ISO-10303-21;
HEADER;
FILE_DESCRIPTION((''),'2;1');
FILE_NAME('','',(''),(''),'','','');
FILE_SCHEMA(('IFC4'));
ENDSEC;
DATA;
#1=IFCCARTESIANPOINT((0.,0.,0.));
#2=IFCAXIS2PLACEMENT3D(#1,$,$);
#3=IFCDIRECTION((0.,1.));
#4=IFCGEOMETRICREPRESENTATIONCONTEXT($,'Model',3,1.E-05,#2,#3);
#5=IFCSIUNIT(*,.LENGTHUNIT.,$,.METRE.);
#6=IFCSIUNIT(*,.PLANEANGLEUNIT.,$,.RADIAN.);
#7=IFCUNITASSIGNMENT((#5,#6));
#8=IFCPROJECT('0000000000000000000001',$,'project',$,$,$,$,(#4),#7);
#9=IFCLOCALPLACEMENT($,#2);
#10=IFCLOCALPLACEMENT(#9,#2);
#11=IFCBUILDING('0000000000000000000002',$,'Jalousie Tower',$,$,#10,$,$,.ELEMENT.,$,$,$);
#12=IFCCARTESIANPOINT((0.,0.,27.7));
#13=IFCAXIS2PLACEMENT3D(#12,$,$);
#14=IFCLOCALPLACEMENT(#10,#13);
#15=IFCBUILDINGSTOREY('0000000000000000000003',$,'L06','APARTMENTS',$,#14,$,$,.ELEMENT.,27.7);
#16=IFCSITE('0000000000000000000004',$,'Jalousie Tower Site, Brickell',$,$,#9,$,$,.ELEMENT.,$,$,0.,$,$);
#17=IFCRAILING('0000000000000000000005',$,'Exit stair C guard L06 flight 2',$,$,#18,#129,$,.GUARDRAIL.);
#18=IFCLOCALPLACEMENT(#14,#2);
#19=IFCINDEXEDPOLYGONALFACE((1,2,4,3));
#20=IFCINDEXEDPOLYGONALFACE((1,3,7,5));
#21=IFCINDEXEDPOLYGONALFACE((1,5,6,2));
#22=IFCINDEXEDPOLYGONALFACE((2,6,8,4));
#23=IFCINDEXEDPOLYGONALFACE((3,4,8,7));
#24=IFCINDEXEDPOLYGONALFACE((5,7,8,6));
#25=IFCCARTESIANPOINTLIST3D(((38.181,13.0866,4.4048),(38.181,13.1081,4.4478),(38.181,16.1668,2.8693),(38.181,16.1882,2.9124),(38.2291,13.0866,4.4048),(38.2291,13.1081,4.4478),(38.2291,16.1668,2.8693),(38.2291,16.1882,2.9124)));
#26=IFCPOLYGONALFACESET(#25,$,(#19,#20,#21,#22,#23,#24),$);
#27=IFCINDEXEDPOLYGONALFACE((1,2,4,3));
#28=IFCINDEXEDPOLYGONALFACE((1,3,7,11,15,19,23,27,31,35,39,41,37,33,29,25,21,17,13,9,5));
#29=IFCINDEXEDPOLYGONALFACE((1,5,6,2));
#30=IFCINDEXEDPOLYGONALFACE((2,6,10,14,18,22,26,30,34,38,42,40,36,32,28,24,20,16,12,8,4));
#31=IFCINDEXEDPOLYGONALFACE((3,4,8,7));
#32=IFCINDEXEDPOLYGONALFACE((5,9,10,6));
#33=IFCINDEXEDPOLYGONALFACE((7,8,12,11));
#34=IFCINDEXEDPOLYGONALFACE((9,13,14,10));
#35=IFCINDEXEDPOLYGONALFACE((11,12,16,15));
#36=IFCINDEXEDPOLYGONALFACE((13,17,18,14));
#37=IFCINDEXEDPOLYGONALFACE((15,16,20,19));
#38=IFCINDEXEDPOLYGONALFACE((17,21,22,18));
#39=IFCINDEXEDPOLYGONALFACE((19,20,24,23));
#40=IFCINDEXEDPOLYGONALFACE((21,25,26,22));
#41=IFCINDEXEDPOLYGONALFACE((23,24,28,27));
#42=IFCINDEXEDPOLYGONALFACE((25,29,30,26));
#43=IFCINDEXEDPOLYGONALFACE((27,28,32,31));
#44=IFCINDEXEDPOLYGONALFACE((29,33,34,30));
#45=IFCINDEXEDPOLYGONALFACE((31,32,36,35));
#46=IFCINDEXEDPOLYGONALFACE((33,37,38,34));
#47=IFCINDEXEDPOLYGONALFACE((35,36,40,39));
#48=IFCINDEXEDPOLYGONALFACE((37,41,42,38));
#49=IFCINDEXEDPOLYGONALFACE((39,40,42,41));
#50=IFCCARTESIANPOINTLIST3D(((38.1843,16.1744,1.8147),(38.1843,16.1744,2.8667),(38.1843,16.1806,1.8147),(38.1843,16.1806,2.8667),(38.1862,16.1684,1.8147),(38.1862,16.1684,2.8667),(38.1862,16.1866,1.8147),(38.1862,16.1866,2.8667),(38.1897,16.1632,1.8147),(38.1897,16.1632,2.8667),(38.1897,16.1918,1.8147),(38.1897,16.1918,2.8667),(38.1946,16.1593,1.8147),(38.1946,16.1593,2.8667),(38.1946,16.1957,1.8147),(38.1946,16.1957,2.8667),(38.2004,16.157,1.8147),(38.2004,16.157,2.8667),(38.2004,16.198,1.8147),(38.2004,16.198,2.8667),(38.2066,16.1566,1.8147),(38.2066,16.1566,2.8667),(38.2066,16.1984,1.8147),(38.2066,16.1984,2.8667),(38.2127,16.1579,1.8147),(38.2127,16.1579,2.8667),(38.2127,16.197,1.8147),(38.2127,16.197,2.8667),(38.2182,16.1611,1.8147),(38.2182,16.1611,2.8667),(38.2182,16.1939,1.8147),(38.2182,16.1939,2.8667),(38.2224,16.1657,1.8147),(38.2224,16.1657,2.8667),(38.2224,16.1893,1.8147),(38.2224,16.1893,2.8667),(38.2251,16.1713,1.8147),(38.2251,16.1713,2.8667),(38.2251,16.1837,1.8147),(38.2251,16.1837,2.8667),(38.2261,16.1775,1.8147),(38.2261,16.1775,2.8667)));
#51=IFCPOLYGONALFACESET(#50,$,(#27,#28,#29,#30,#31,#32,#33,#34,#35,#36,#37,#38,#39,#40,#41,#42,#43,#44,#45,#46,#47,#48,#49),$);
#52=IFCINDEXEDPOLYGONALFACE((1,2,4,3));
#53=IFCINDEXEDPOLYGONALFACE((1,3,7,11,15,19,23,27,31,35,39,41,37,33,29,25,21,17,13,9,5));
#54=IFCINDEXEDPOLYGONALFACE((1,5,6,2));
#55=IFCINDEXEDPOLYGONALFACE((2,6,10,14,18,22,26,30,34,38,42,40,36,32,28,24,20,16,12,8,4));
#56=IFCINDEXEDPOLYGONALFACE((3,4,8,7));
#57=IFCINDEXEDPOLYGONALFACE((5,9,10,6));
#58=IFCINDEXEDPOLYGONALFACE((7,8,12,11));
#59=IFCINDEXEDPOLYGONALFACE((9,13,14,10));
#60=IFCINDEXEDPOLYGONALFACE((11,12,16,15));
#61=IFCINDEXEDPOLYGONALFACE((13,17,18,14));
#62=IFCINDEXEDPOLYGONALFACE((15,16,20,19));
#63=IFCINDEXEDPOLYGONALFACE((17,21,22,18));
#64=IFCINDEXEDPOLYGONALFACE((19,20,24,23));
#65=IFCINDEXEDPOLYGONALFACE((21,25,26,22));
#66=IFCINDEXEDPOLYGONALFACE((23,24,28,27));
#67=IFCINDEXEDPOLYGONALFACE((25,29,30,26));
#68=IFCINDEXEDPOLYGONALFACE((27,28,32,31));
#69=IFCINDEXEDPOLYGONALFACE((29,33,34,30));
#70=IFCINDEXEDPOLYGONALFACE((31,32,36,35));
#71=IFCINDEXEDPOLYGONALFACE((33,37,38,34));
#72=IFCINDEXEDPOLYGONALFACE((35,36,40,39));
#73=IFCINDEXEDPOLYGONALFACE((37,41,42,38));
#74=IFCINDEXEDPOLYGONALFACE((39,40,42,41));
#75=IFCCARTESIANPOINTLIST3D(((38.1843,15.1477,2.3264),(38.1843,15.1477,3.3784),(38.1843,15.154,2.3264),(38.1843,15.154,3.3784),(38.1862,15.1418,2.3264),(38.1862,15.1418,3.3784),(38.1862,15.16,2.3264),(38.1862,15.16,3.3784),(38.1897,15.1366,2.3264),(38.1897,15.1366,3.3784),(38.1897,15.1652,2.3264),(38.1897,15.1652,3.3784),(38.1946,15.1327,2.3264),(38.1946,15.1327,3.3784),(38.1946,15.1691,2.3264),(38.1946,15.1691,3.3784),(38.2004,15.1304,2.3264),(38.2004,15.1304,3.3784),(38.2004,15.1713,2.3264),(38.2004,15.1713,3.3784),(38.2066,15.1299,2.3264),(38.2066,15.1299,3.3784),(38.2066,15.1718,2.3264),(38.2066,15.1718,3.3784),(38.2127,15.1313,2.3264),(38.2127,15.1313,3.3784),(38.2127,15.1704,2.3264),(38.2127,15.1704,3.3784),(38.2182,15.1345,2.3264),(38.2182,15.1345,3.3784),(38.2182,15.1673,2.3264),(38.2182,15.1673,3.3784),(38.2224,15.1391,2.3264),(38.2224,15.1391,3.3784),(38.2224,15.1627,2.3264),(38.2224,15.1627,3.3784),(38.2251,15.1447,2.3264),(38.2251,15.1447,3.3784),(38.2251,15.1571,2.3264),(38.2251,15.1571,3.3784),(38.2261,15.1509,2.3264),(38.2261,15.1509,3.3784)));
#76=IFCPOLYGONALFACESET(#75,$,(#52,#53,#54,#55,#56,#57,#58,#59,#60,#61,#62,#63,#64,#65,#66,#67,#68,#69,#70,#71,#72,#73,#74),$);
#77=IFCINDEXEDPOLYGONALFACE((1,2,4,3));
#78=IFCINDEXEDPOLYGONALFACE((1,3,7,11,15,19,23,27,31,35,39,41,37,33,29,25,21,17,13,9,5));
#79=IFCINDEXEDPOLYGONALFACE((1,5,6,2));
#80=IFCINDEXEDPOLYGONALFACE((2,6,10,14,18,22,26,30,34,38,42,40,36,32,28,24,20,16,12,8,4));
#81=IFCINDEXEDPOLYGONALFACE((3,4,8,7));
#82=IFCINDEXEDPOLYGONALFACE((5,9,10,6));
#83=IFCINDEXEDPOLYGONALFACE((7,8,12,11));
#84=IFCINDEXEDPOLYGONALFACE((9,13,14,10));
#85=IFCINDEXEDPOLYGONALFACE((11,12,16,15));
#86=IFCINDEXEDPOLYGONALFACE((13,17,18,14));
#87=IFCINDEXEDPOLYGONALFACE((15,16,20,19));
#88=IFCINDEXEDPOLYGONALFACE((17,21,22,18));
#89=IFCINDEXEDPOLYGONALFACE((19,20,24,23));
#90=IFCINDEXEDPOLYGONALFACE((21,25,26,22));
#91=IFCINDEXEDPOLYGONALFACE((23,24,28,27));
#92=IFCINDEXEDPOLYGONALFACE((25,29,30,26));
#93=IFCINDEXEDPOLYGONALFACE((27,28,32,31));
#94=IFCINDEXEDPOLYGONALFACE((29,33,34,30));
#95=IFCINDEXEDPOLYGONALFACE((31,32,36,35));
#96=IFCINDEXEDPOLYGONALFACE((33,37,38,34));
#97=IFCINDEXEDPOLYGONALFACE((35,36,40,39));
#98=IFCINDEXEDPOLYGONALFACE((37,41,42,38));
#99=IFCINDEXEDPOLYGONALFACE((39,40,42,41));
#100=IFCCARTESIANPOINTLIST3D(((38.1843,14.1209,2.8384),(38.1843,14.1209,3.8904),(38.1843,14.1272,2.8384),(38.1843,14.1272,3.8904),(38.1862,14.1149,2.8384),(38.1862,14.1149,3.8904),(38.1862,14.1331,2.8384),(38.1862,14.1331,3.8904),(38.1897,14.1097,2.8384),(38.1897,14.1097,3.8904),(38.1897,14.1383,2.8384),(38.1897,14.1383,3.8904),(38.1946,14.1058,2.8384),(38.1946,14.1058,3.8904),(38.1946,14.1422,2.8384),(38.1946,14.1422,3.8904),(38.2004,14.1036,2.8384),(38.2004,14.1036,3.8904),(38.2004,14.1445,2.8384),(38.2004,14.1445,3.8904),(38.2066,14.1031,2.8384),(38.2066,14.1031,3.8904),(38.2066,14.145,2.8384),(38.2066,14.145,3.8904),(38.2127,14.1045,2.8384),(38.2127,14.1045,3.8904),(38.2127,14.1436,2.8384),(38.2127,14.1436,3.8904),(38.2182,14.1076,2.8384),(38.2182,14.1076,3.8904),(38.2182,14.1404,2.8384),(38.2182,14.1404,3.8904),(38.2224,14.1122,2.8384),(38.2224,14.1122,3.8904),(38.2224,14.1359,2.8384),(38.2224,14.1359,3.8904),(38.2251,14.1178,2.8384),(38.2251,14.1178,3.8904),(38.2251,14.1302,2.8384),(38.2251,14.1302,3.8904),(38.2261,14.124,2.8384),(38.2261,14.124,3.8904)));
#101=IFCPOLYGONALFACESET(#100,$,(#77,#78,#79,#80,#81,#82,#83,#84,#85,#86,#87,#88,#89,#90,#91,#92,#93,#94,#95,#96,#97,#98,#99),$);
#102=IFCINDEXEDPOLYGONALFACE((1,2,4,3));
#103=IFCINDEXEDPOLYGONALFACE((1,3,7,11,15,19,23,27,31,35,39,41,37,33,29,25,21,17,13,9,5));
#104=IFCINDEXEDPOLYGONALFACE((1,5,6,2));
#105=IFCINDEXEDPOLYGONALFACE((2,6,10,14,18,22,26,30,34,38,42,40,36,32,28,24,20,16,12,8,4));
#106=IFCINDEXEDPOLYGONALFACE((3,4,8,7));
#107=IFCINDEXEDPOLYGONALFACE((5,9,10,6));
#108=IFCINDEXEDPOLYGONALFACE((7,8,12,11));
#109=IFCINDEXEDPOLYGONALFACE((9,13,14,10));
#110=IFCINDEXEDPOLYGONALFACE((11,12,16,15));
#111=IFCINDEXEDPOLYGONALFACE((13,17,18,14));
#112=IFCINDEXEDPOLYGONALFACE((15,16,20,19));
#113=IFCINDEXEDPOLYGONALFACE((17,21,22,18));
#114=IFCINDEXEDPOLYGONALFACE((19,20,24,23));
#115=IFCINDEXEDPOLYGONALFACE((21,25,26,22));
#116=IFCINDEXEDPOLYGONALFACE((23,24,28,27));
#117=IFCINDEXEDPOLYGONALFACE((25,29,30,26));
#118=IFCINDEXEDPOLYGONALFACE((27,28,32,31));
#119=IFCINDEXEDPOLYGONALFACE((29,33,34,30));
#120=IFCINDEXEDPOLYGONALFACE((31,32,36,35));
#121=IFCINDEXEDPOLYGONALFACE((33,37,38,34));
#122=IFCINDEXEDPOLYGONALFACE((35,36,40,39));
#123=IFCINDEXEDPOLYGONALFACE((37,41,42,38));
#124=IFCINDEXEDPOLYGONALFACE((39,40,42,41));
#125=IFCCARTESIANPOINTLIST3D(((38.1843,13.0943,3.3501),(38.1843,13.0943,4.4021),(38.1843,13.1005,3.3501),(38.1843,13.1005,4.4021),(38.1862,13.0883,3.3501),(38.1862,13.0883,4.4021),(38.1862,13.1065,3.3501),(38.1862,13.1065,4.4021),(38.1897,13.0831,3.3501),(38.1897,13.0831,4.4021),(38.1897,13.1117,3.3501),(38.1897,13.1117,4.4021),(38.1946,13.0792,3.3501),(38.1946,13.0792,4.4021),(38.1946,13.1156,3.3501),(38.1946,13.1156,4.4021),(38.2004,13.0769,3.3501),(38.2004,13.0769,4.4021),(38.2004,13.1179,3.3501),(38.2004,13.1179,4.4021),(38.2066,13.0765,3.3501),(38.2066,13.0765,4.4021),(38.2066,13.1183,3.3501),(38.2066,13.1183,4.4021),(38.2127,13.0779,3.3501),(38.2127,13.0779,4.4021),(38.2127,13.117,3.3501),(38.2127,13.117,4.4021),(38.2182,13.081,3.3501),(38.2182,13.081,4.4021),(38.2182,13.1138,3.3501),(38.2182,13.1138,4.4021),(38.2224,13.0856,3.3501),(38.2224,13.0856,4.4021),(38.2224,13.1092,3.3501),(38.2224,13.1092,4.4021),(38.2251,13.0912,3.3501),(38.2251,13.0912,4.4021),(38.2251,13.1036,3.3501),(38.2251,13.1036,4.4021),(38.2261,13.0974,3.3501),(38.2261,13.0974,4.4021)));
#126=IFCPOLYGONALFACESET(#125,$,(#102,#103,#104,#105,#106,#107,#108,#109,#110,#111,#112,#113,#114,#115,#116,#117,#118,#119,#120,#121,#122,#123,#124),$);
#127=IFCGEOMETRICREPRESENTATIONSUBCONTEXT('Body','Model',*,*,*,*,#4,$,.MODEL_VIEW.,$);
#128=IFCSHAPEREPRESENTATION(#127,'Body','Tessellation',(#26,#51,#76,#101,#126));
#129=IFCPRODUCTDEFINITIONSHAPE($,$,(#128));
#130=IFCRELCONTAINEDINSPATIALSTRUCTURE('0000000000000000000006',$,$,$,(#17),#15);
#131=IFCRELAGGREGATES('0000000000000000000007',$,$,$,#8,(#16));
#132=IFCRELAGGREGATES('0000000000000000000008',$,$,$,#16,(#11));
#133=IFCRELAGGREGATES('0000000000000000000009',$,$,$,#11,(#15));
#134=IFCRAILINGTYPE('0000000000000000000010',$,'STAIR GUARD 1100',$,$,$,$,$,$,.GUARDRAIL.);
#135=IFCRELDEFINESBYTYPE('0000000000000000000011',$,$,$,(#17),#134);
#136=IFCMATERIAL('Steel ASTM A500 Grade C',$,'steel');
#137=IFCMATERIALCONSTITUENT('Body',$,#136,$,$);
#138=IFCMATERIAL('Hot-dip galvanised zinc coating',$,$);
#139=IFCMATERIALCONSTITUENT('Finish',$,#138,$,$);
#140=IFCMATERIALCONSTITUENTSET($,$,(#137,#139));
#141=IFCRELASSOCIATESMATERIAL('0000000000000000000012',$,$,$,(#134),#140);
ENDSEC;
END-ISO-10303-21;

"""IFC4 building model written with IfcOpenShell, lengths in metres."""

from ifc_helpers import new_model, si_unit, direction, frame, origin, origin_2d, place, context, subcontext, project, spatial, rectangle, circle, extrude, material, constituent, constituent_set, type_object, element, save


model = new_model("IFC4")

# Units and contexts
model_context = context("Model", 3, precision=1e-05, world=origin(), true_north=direction((0.0, 1.0)))
body_context = subcontext(model_context, "Body", "Model", "MODEL_VIEW")
ifc_project = project(units=[si_unit("LENGTHUNIT", "METRE"), si_unit("PLANEANGLEUNIT", "RADIAN")], contexts=[model_context])

# Site, building, storey
site_placement = place(None, origin())
site = spatial("IfcSite", under=ifc_project, at=site_placement, Name="Jalousie Tower Site, Brickell", CompositionType="ELEMENT", RefElevation=0.0)
building_placement = place(site_placement, origin())
building = spatial("IfcBuilding", under=site, at=building_placement, Name="Jalousie Tower", CompositionType="ELEMENT")
storey_placement = place(building_placement, frame((0.0, 0.0, 27.7)))
storey = spatial("IfcBuildingStorey", under=building, at=storey_placement, Name="L06", Description="APARTMENTS", CompositionType="ELEMENT", Elevation=27.7)

# Railing
ifc_material_1 = material(Name="Steel ASTM A500 Grade C", Category="steel")
ifc_constituent_1 = constituent(ifc_material_1, Name="Body")
ifc_material_2 = material(Name="Hot-dip galvanised zinc coating")
ifc_constituent_2 = constituent(ifc_material_2, Name="Finish")
ifc_constituent_set = constituent_set(constituents=[ifc_constituent_1, ifc_constituent_2])
railing_type = type_object("IfcRailingType", Name="STAIR GUARD 1100", PredefinedType="GUARDRAIL", material=ifc_constituent_set)
railing_1_placement = place(storey_placement, frame((38.2051, 16.1775, 1.8147)))
element("IfcRailing", 1, at=railing_1_placement, inside=storey, type_object=railing_type, Name="Exit stair C guard L06 flight 2", PredefinedType="GUARDRAIL", context=body_context, shape_type="SweptSolid", body=[
    extrude(rectangle(XDim=0.0481, YDim=0.0481, at=origin_2d()), frame((0.0, 0.0, 1.0762), z_axis=(0.0, -0.894966, 0.446135), x_axis=(1.0, 0.0, 0.0)), (0.0, 0.0, 1.0), 3.4417),
    extrude(circle(Radius=0.021, at=origin_2d()), origin(), (0.0, 0.0, 1.0), 1.052),
    extrude(circle(Radius=0.021, at=origin_2d()), frame((0.0, -1.0266, 0.5117)), (0.0, 0.0, 1.0), 1.052),
    extrude(circle(Radius=0.021, at=origin_2d()), frame((0.0, -2.0535, 1.0237)), (0.0, 0.0, 1.0), 1.052),
    extrude(circle(Radius=0.021, at=origin_2d()), frame((0.0, -3.0801, 1.5354)), (0.0, 0.0, 1.0), 1.052),
])

save(model, "model.ifc")
